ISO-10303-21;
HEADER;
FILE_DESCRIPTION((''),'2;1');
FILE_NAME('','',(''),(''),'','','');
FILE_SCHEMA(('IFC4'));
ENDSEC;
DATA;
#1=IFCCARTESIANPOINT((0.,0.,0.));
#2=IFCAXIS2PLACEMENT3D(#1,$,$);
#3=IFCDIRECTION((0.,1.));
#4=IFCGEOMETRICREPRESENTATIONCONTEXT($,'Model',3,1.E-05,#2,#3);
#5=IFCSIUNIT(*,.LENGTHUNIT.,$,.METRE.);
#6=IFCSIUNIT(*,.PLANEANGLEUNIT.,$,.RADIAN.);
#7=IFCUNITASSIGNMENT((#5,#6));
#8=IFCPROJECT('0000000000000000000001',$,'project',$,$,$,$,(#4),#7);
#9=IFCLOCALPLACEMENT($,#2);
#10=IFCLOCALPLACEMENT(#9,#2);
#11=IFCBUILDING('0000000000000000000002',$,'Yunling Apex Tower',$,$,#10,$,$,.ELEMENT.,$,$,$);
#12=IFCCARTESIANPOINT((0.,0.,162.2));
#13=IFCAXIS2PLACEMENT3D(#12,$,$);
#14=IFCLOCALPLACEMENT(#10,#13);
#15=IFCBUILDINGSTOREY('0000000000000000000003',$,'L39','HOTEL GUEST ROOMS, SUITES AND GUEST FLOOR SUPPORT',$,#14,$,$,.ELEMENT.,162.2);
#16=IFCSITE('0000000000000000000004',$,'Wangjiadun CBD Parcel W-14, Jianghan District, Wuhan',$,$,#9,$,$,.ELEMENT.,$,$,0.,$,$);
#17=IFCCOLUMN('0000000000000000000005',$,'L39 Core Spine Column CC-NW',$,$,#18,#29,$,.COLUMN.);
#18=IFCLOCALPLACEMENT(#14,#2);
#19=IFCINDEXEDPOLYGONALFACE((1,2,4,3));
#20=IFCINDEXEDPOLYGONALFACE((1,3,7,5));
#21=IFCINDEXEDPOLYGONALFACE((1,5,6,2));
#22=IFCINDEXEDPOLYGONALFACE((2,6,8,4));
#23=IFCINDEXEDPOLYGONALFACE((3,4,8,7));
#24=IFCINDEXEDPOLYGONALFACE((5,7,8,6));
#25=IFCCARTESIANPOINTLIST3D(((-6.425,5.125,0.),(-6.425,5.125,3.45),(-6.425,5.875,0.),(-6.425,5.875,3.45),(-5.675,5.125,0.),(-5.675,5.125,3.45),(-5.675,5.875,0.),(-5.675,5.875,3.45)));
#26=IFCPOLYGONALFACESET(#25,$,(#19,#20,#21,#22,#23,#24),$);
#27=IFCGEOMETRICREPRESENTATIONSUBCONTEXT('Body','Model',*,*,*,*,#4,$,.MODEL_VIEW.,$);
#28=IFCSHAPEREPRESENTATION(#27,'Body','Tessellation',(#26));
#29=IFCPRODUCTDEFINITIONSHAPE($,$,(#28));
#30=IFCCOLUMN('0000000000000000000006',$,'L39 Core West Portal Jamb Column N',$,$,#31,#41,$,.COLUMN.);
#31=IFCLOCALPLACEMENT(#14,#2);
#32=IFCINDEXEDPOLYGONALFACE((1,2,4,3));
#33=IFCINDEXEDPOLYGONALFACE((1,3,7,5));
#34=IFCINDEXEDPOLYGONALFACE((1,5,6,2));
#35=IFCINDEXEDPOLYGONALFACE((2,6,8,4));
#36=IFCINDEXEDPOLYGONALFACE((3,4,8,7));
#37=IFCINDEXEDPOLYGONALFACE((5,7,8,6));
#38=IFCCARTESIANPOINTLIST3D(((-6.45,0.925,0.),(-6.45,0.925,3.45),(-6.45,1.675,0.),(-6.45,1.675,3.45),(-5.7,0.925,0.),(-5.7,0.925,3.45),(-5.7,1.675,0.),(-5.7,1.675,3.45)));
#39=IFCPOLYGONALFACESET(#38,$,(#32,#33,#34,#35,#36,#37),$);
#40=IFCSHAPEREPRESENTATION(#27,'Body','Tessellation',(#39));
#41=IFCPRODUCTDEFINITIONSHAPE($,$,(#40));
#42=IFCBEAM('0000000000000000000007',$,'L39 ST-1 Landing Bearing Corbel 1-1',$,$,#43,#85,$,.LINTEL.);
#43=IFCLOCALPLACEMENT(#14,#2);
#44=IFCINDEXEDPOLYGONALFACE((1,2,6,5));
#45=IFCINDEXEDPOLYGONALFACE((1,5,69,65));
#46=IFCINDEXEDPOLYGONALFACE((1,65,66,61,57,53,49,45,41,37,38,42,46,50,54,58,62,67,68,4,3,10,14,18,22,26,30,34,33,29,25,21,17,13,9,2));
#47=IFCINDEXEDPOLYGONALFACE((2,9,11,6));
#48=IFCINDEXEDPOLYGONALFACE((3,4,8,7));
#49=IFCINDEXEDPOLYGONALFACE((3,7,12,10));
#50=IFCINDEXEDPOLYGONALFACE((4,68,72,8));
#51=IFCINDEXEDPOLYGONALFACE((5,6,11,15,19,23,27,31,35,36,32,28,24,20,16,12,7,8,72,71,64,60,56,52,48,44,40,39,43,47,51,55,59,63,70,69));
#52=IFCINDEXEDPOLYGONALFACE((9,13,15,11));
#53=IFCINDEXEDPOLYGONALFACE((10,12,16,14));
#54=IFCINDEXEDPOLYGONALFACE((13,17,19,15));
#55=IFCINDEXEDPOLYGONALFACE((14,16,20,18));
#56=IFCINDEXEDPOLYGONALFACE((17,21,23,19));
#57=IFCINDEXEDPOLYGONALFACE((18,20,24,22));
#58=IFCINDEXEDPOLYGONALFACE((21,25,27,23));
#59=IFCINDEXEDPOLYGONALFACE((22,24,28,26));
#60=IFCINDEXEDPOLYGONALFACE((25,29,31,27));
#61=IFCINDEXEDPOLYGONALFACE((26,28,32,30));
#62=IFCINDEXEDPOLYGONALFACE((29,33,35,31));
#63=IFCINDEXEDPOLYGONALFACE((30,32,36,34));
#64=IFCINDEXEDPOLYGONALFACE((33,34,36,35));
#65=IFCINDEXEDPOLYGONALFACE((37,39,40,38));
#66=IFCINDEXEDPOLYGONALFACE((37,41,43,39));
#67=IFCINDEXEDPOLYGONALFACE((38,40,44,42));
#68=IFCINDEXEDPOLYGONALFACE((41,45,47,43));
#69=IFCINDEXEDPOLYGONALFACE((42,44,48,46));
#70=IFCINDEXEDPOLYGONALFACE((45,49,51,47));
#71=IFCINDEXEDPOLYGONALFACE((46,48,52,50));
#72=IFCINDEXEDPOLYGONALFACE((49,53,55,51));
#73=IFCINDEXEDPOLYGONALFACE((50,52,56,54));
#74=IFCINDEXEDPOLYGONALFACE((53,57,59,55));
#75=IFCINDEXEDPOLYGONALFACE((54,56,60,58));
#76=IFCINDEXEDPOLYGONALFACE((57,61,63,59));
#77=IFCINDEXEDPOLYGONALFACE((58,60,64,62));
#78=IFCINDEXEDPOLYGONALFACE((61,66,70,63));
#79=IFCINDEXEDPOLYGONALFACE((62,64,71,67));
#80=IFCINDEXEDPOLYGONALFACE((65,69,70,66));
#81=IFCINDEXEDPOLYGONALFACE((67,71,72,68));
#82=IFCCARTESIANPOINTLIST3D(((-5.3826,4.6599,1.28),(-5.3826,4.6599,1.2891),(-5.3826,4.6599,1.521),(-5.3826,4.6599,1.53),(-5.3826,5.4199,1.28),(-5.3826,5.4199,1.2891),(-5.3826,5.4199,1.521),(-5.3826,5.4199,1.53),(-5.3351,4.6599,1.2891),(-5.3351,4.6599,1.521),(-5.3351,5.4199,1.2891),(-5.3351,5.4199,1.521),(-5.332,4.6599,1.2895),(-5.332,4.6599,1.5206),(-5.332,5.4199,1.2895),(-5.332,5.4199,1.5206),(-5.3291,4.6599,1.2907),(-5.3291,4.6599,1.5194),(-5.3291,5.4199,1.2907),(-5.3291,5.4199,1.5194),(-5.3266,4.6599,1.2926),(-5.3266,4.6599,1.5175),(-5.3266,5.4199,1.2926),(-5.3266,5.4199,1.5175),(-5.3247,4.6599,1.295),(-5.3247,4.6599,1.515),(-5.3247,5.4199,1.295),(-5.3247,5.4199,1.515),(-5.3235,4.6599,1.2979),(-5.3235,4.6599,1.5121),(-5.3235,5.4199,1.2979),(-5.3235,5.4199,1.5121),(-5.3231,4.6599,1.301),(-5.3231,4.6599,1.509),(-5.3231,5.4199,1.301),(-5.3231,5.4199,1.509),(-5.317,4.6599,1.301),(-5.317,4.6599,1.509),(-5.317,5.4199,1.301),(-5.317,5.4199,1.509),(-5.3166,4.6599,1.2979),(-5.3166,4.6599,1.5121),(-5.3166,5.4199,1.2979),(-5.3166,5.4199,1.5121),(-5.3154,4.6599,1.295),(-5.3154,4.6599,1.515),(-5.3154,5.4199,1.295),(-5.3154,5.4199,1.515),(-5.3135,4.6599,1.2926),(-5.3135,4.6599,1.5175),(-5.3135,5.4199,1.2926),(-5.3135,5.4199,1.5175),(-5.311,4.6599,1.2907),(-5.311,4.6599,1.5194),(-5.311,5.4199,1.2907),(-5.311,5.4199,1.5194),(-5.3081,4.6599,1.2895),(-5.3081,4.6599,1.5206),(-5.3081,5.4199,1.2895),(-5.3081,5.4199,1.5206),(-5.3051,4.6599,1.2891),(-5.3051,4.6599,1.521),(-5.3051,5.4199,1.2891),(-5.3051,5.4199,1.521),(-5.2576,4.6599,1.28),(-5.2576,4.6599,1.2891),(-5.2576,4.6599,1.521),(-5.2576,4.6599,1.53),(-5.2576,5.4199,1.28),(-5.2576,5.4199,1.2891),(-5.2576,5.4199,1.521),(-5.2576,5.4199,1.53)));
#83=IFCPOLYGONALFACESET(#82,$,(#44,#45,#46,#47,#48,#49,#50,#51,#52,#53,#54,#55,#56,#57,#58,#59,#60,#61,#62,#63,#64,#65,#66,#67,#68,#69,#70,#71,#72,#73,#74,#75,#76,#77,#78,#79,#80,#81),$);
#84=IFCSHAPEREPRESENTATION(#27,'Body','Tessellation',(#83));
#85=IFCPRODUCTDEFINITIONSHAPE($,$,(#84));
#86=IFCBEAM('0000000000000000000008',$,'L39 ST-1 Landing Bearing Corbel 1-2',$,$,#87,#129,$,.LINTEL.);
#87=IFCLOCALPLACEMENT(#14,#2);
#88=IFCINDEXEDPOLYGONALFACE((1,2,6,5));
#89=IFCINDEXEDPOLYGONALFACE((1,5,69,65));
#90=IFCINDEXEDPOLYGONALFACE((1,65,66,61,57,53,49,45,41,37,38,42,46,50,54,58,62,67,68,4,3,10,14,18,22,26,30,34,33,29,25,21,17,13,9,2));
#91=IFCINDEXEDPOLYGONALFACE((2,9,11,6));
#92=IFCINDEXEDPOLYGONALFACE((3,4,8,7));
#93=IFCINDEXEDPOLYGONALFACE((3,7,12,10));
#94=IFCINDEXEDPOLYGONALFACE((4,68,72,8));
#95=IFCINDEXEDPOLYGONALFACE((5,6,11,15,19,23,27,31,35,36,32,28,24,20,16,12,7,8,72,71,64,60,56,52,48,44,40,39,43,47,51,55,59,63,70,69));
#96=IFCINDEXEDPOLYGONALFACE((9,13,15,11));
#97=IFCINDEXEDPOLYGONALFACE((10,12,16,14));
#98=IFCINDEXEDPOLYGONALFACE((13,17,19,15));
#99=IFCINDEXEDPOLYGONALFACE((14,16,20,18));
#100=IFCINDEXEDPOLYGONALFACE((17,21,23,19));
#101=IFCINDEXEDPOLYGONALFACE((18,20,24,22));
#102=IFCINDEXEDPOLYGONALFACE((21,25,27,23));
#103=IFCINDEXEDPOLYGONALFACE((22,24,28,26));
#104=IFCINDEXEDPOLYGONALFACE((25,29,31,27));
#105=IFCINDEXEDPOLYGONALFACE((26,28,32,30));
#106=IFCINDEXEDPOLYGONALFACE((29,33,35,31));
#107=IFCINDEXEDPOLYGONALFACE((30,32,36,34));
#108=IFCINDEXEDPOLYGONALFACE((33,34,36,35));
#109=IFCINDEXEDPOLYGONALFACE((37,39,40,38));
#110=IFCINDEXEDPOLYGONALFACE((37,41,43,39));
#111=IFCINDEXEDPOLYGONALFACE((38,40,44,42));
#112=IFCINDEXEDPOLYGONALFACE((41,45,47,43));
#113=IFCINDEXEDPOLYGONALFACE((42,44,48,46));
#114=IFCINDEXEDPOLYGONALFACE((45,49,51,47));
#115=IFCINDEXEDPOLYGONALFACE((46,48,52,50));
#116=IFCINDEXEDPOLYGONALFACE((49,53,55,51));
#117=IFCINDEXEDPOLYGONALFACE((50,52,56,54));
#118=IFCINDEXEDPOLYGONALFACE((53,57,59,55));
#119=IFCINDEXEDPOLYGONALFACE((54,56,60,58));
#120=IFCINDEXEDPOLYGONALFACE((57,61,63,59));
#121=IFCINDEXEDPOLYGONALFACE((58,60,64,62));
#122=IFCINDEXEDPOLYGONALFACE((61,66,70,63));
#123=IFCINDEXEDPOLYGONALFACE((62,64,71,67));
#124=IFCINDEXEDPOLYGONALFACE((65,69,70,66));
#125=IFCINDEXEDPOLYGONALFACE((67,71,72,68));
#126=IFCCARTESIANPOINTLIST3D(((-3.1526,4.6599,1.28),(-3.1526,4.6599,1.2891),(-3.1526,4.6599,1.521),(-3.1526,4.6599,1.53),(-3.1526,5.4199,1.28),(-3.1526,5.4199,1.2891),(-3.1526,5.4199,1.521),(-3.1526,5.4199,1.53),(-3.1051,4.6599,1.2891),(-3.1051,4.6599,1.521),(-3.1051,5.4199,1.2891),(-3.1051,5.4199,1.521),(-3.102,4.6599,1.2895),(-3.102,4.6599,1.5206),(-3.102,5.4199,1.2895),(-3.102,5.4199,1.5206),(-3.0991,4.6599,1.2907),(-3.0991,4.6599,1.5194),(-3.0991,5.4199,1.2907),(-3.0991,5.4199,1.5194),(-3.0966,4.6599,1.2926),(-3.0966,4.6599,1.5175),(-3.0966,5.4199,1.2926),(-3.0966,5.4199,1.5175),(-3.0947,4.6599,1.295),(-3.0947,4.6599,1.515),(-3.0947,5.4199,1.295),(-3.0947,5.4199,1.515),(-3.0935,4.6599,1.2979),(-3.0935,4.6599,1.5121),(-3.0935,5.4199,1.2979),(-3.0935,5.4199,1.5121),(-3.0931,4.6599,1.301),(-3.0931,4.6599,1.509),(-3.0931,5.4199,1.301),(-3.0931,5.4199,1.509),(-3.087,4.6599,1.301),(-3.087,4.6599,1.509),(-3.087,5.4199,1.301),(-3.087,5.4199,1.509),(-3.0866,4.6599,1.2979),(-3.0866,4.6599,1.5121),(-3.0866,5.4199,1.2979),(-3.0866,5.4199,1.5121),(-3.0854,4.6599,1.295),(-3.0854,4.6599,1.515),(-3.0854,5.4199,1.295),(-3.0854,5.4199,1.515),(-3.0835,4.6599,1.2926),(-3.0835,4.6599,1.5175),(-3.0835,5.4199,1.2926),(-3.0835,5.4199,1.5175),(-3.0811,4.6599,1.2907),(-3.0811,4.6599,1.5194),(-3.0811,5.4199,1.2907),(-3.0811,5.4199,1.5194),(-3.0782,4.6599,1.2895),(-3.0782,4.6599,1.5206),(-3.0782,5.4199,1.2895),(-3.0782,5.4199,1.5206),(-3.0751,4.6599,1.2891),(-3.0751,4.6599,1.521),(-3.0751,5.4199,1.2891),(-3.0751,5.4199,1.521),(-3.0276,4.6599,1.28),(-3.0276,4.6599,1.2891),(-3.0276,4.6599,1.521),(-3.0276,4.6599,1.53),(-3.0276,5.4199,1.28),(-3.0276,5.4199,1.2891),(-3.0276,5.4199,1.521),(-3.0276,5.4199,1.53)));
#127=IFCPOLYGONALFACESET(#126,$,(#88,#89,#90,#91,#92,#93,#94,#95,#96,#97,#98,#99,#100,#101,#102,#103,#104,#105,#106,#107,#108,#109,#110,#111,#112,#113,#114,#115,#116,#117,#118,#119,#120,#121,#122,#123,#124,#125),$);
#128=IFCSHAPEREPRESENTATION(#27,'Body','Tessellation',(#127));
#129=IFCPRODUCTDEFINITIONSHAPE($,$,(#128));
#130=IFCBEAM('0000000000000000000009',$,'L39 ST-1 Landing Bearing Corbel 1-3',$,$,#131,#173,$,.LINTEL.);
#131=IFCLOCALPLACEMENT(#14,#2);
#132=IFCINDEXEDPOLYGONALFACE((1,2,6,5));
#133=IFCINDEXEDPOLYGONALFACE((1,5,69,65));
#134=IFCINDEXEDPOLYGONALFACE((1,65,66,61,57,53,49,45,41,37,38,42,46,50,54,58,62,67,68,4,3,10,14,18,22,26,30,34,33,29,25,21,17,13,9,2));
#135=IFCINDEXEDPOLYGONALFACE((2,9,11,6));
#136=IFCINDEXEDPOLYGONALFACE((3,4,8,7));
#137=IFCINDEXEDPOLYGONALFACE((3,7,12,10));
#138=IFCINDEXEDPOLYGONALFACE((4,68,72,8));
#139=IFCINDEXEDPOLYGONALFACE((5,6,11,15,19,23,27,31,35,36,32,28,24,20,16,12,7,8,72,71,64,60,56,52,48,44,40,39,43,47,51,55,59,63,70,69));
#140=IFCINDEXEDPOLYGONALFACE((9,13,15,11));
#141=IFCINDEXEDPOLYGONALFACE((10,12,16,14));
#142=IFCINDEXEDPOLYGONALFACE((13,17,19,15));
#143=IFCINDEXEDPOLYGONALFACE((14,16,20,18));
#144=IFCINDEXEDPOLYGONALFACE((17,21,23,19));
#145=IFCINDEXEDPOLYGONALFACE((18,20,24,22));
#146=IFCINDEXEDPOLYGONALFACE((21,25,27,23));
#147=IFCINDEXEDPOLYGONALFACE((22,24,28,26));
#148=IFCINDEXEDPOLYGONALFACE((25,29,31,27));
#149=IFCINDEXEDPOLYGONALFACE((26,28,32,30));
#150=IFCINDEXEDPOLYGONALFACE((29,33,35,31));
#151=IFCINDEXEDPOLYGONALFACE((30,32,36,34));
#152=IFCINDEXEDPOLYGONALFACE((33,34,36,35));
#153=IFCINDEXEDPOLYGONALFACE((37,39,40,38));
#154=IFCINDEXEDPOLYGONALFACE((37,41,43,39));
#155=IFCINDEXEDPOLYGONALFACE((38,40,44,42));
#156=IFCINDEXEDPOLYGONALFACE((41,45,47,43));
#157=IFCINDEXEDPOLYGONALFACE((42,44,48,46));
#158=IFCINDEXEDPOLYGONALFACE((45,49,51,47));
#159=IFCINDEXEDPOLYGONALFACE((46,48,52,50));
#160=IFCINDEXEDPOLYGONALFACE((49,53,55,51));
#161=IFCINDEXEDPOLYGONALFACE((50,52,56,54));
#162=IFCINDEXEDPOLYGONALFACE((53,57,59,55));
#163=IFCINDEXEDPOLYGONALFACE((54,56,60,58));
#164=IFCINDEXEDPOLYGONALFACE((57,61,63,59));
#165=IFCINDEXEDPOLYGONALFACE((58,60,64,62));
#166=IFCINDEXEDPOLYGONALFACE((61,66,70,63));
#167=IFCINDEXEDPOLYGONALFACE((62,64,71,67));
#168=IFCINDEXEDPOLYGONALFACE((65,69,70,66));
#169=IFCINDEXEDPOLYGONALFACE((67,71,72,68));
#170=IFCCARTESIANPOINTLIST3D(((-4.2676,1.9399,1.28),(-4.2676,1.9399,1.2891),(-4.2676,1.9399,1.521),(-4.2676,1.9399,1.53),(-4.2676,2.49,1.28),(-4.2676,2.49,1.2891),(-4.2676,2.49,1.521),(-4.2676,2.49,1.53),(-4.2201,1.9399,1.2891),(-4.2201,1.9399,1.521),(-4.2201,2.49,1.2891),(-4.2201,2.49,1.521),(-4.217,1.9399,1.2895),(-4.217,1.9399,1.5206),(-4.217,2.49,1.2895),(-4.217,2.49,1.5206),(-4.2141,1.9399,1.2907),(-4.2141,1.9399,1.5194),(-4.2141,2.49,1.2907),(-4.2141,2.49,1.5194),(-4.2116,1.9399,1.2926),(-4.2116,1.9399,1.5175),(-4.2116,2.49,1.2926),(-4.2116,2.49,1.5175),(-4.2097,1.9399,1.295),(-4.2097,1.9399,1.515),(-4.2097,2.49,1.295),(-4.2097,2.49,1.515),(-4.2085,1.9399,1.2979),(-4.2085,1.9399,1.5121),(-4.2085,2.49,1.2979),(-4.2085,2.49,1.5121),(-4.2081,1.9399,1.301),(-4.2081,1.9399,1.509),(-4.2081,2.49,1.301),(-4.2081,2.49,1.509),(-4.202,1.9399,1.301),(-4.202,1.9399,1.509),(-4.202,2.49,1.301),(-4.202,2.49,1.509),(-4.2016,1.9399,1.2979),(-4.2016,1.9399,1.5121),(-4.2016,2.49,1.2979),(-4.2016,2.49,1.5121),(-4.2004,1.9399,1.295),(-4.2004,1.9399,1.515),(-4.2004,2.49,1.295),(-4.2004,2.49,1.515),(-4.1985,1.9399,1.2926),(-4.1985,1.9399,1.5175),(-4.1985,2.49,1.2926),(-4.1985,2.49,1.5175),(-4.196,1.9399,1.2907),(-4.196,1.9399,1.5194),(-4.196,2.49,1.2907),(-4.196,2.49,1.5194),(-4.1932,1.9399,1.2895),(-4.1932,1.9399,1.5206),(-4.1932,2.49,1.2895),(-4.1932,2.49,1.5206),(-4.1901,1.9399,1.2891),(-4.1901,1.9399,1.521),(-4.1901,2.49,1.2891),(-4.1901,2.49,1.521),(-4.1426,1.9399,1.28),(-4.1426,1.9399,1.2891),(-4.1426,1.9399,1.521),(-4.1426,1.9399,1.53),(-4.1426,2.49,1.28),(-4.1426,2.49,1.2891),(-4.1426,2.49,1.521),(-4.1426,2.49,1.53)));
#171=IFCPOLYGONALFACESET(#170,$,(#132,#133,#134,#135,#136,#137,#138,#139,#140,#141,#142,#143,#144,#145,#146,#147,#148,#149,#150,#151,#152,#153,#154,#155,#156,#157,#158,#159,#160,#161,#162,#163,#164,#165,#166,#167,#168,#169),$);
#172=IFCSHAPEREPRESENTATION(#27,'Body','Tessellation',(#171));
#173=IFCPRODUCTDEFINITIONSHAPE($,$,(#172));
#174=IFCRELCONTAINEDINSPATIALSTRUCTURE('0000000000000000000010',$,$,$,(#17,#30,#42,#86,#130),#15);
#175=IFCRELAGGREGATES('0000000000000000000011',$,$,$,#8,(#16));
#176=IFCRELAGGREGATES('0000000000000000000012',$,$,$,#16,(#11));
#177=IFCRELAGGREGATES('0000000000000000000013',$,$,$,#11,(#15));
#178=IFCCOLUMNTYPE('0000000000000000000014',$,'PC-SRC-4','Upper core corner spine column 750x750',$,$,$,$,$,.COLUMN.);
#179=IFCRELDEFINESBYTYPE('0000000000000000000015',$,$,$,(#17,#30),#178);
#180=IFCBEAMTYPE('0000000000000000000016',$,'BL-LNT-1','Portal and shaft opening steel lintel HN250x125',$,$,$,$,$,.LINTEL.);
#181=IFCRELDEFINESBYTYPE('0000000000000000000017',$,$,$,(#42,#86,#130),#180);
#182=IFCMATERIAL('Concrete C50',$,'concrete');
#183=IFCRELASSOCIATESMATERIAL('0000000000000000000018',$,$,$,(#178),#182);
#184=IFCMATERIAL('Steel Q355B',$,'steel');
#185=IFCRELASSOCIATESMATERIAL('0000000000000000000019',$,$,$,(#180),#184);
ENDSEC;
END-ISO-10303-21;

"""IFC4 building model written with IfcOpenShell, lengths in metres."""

from ifc_helpers import new_model, si_unit, direction, frame, origin, origin_2d, place, context, subcontext, project, spatial, rectangle, i_section, extrude, source, transform, mapped, material, material_profile, profile_set, type_object, element, save


model = new_model("IFC4")

# Units and contexts
model_context = context("Model", 3, precision=1e-05, world=origin(), true_north=direction((0.0, 1.0)))
body_context = subcontext(model_context, "Body", "Model", "MODEL_VIEW")
ifc_project = project(units=[si_unit("LENGTHUNIT", "METRE"), si_unit("PLANEANGLEUNIT", "RADIAN")], contexts=[model_context])

# Site, building, storey
site_placement = place(None, origin())
site = spatial("IfcSite", under=ifc_project, at=site_placement, Name="Wangjiadun CBD Parcel W-14, Jianghan District, Wuhan", CompositionType="ELEMENT", RefElevation=0.0)
building_placement = place(site_placement, origin())
building = spatial("IfcBuilding", under=site, at=building_placement, Name="Yunling Apex Tower", CompositionType="ELEMENT")
storey_placement = place(building_placement, frame((0.0, 0.0, 162.2)))
storey = spatial("IfcBuildingStorey", under=building, at=storey_placement, Name="L39", Description="HOTEL GUEST ROOMS, SUITES AND GUEST FLOOR SUPPORT", CompositionType="ELEMENT", Elevation=162.2)

# Columns
ifc_material_1 = material(Name="Concrete C50", Category="concrete")
ifc_material_profile_1 = material_profile(ifc_material_1, rectangle(XDim=0.75, YDim=0.75, at=origin_2d()))
ifc_profile_set_1 = profile_set([ifc_material_profile_1], Name="Concrete C50")
column_type = type_object("IfcColumnType", Name="PC-SRC-4", Description="Upper core corner spine column 750x750", PredefinedType="COLUMN", material=ifc_profile_set_1)
shared_shape_1 = source(origin(), body_context, "Body", "SweptSolid", [
    extrude(rectangle(XDim=0.75, YDim=0.75, at=origin_2d()), origin(), (0.0, 0.0, 1.0), 3.45),
])
for number, where, z_axis, x_axis, name in (
    (1, (-6.05, 5.5, 0.0), (0.0, 0.0, 1.0), (1.0, 0.0, 0.0), "L39 Core Spine Column CC-NW"),
    (2, (-6.075, 1.3, 0.0), (0.0, 0.0, 1.0), (1.0, 0.0, 0.0), "L39 Core West Portal Jamb Column N"),
):
    element("IfcColumn", number, at=place(storey_placement, frame(where, z_axis=z_axis, x_axis=x_axis)), inside=storey, type_object=column_type, Name=name, PredefinedType="COLUMN", context=body_context, shape_type="MappedRepresentation", body=[
        mapped(shared_shape_1, transform((0.0, 0.0, 0.0), scale=1.0)),
    ])

# Beams
ifc_material_2 = material(Name="Steel Q355B", Category="steel")
ifc_material_profile_2 = material_profile(ifc_material_2, i_section(OverallWidth=0.125, OverallDepth=0.25, WebThickness=0.0061, FlangeThickness=0.009, FilletRadius=0.012, at=origin_2d()))
ifc_profile_set_2 = profile_set([ifc_material_profile_2], Name="Steel Q355B")
beam_type = type_object("IfcBeamType", Name="BL-LNT-1", Description="Portal and shaft opening steel lintel HN250x125", PredefinedType="LINTEL", material=ifc_profile_set_2)
shared_shape_2 = source(origin(), body_context, "Body", "SweptSolid", [
    extrude(i_section(OverallWidth=0.125, OverallDepth=0.25, WebThickness=0.0061, FlangeThickness=0.009, FilletRadius=0.012, at=origin_2d()), origin(), (0.0, 0.0, 1.0), 0.76),
])
for number, where, z_axis, x_axis, name in (
    (3, (-5.3201, 5.4199, 1.405), (0.0, -1.0, 0.0), (1.0, 0.0, 0.0), "L39 ST-1 Landing Bearing Corbel 1-1"),
    (4, (-3.0901, 5.4199, 1.405), (0.0, -1.0, 0.0), (1.0, 0.0, 0.0), "L39 ST-1 Landing Bearing Corbel 1-2"),
):
    element("IfcBeam", number, at=place(storey_placement, frame(where, z_axis=z_axis, x_axis=x_axis)), inside=storey, type_object=beam_type, Name=name, PredefinedType="LINTEL", context=body_context, shape_type="MappedRepresentation", body=[
        mapped(shared_shape_2, transform((0.0, 0.0, 0.0), scale=1.0)),
    ])
shared_shape_3 = source(origin(), body_context, "Body", "SweptSolid", [
    extrude(i_section(OverallWidth=0.125, OverallDepth=0.25, WebThickness=0.0061, FlangeThickness=0.009, FilletRadius=0.012, at=origin_2d()), origin(), (0.0, 0.0, 1.0), 0.55),
])
beam_placement = place(storey_placement, frame((-4.2051, 1.9399, 1.405), z_axis=(0.0, 1.0, 0.0), x_axis=(-1.0, 0.0, 0.0)))
element("IfcBeam", 5, at=beam_placement, inside=storey, type_object=beam_type, Name="L39 ST-1 Landing Bearing Corbel 1-3", PredefinedType="LINTEL", context=body_context, shape_type="MappedRepresentation", body=[
    mapped(shared_shape_3, transform((0.0, 0.0, 0.0), scale=1.0)),
])

save(model, "model.ifc")
